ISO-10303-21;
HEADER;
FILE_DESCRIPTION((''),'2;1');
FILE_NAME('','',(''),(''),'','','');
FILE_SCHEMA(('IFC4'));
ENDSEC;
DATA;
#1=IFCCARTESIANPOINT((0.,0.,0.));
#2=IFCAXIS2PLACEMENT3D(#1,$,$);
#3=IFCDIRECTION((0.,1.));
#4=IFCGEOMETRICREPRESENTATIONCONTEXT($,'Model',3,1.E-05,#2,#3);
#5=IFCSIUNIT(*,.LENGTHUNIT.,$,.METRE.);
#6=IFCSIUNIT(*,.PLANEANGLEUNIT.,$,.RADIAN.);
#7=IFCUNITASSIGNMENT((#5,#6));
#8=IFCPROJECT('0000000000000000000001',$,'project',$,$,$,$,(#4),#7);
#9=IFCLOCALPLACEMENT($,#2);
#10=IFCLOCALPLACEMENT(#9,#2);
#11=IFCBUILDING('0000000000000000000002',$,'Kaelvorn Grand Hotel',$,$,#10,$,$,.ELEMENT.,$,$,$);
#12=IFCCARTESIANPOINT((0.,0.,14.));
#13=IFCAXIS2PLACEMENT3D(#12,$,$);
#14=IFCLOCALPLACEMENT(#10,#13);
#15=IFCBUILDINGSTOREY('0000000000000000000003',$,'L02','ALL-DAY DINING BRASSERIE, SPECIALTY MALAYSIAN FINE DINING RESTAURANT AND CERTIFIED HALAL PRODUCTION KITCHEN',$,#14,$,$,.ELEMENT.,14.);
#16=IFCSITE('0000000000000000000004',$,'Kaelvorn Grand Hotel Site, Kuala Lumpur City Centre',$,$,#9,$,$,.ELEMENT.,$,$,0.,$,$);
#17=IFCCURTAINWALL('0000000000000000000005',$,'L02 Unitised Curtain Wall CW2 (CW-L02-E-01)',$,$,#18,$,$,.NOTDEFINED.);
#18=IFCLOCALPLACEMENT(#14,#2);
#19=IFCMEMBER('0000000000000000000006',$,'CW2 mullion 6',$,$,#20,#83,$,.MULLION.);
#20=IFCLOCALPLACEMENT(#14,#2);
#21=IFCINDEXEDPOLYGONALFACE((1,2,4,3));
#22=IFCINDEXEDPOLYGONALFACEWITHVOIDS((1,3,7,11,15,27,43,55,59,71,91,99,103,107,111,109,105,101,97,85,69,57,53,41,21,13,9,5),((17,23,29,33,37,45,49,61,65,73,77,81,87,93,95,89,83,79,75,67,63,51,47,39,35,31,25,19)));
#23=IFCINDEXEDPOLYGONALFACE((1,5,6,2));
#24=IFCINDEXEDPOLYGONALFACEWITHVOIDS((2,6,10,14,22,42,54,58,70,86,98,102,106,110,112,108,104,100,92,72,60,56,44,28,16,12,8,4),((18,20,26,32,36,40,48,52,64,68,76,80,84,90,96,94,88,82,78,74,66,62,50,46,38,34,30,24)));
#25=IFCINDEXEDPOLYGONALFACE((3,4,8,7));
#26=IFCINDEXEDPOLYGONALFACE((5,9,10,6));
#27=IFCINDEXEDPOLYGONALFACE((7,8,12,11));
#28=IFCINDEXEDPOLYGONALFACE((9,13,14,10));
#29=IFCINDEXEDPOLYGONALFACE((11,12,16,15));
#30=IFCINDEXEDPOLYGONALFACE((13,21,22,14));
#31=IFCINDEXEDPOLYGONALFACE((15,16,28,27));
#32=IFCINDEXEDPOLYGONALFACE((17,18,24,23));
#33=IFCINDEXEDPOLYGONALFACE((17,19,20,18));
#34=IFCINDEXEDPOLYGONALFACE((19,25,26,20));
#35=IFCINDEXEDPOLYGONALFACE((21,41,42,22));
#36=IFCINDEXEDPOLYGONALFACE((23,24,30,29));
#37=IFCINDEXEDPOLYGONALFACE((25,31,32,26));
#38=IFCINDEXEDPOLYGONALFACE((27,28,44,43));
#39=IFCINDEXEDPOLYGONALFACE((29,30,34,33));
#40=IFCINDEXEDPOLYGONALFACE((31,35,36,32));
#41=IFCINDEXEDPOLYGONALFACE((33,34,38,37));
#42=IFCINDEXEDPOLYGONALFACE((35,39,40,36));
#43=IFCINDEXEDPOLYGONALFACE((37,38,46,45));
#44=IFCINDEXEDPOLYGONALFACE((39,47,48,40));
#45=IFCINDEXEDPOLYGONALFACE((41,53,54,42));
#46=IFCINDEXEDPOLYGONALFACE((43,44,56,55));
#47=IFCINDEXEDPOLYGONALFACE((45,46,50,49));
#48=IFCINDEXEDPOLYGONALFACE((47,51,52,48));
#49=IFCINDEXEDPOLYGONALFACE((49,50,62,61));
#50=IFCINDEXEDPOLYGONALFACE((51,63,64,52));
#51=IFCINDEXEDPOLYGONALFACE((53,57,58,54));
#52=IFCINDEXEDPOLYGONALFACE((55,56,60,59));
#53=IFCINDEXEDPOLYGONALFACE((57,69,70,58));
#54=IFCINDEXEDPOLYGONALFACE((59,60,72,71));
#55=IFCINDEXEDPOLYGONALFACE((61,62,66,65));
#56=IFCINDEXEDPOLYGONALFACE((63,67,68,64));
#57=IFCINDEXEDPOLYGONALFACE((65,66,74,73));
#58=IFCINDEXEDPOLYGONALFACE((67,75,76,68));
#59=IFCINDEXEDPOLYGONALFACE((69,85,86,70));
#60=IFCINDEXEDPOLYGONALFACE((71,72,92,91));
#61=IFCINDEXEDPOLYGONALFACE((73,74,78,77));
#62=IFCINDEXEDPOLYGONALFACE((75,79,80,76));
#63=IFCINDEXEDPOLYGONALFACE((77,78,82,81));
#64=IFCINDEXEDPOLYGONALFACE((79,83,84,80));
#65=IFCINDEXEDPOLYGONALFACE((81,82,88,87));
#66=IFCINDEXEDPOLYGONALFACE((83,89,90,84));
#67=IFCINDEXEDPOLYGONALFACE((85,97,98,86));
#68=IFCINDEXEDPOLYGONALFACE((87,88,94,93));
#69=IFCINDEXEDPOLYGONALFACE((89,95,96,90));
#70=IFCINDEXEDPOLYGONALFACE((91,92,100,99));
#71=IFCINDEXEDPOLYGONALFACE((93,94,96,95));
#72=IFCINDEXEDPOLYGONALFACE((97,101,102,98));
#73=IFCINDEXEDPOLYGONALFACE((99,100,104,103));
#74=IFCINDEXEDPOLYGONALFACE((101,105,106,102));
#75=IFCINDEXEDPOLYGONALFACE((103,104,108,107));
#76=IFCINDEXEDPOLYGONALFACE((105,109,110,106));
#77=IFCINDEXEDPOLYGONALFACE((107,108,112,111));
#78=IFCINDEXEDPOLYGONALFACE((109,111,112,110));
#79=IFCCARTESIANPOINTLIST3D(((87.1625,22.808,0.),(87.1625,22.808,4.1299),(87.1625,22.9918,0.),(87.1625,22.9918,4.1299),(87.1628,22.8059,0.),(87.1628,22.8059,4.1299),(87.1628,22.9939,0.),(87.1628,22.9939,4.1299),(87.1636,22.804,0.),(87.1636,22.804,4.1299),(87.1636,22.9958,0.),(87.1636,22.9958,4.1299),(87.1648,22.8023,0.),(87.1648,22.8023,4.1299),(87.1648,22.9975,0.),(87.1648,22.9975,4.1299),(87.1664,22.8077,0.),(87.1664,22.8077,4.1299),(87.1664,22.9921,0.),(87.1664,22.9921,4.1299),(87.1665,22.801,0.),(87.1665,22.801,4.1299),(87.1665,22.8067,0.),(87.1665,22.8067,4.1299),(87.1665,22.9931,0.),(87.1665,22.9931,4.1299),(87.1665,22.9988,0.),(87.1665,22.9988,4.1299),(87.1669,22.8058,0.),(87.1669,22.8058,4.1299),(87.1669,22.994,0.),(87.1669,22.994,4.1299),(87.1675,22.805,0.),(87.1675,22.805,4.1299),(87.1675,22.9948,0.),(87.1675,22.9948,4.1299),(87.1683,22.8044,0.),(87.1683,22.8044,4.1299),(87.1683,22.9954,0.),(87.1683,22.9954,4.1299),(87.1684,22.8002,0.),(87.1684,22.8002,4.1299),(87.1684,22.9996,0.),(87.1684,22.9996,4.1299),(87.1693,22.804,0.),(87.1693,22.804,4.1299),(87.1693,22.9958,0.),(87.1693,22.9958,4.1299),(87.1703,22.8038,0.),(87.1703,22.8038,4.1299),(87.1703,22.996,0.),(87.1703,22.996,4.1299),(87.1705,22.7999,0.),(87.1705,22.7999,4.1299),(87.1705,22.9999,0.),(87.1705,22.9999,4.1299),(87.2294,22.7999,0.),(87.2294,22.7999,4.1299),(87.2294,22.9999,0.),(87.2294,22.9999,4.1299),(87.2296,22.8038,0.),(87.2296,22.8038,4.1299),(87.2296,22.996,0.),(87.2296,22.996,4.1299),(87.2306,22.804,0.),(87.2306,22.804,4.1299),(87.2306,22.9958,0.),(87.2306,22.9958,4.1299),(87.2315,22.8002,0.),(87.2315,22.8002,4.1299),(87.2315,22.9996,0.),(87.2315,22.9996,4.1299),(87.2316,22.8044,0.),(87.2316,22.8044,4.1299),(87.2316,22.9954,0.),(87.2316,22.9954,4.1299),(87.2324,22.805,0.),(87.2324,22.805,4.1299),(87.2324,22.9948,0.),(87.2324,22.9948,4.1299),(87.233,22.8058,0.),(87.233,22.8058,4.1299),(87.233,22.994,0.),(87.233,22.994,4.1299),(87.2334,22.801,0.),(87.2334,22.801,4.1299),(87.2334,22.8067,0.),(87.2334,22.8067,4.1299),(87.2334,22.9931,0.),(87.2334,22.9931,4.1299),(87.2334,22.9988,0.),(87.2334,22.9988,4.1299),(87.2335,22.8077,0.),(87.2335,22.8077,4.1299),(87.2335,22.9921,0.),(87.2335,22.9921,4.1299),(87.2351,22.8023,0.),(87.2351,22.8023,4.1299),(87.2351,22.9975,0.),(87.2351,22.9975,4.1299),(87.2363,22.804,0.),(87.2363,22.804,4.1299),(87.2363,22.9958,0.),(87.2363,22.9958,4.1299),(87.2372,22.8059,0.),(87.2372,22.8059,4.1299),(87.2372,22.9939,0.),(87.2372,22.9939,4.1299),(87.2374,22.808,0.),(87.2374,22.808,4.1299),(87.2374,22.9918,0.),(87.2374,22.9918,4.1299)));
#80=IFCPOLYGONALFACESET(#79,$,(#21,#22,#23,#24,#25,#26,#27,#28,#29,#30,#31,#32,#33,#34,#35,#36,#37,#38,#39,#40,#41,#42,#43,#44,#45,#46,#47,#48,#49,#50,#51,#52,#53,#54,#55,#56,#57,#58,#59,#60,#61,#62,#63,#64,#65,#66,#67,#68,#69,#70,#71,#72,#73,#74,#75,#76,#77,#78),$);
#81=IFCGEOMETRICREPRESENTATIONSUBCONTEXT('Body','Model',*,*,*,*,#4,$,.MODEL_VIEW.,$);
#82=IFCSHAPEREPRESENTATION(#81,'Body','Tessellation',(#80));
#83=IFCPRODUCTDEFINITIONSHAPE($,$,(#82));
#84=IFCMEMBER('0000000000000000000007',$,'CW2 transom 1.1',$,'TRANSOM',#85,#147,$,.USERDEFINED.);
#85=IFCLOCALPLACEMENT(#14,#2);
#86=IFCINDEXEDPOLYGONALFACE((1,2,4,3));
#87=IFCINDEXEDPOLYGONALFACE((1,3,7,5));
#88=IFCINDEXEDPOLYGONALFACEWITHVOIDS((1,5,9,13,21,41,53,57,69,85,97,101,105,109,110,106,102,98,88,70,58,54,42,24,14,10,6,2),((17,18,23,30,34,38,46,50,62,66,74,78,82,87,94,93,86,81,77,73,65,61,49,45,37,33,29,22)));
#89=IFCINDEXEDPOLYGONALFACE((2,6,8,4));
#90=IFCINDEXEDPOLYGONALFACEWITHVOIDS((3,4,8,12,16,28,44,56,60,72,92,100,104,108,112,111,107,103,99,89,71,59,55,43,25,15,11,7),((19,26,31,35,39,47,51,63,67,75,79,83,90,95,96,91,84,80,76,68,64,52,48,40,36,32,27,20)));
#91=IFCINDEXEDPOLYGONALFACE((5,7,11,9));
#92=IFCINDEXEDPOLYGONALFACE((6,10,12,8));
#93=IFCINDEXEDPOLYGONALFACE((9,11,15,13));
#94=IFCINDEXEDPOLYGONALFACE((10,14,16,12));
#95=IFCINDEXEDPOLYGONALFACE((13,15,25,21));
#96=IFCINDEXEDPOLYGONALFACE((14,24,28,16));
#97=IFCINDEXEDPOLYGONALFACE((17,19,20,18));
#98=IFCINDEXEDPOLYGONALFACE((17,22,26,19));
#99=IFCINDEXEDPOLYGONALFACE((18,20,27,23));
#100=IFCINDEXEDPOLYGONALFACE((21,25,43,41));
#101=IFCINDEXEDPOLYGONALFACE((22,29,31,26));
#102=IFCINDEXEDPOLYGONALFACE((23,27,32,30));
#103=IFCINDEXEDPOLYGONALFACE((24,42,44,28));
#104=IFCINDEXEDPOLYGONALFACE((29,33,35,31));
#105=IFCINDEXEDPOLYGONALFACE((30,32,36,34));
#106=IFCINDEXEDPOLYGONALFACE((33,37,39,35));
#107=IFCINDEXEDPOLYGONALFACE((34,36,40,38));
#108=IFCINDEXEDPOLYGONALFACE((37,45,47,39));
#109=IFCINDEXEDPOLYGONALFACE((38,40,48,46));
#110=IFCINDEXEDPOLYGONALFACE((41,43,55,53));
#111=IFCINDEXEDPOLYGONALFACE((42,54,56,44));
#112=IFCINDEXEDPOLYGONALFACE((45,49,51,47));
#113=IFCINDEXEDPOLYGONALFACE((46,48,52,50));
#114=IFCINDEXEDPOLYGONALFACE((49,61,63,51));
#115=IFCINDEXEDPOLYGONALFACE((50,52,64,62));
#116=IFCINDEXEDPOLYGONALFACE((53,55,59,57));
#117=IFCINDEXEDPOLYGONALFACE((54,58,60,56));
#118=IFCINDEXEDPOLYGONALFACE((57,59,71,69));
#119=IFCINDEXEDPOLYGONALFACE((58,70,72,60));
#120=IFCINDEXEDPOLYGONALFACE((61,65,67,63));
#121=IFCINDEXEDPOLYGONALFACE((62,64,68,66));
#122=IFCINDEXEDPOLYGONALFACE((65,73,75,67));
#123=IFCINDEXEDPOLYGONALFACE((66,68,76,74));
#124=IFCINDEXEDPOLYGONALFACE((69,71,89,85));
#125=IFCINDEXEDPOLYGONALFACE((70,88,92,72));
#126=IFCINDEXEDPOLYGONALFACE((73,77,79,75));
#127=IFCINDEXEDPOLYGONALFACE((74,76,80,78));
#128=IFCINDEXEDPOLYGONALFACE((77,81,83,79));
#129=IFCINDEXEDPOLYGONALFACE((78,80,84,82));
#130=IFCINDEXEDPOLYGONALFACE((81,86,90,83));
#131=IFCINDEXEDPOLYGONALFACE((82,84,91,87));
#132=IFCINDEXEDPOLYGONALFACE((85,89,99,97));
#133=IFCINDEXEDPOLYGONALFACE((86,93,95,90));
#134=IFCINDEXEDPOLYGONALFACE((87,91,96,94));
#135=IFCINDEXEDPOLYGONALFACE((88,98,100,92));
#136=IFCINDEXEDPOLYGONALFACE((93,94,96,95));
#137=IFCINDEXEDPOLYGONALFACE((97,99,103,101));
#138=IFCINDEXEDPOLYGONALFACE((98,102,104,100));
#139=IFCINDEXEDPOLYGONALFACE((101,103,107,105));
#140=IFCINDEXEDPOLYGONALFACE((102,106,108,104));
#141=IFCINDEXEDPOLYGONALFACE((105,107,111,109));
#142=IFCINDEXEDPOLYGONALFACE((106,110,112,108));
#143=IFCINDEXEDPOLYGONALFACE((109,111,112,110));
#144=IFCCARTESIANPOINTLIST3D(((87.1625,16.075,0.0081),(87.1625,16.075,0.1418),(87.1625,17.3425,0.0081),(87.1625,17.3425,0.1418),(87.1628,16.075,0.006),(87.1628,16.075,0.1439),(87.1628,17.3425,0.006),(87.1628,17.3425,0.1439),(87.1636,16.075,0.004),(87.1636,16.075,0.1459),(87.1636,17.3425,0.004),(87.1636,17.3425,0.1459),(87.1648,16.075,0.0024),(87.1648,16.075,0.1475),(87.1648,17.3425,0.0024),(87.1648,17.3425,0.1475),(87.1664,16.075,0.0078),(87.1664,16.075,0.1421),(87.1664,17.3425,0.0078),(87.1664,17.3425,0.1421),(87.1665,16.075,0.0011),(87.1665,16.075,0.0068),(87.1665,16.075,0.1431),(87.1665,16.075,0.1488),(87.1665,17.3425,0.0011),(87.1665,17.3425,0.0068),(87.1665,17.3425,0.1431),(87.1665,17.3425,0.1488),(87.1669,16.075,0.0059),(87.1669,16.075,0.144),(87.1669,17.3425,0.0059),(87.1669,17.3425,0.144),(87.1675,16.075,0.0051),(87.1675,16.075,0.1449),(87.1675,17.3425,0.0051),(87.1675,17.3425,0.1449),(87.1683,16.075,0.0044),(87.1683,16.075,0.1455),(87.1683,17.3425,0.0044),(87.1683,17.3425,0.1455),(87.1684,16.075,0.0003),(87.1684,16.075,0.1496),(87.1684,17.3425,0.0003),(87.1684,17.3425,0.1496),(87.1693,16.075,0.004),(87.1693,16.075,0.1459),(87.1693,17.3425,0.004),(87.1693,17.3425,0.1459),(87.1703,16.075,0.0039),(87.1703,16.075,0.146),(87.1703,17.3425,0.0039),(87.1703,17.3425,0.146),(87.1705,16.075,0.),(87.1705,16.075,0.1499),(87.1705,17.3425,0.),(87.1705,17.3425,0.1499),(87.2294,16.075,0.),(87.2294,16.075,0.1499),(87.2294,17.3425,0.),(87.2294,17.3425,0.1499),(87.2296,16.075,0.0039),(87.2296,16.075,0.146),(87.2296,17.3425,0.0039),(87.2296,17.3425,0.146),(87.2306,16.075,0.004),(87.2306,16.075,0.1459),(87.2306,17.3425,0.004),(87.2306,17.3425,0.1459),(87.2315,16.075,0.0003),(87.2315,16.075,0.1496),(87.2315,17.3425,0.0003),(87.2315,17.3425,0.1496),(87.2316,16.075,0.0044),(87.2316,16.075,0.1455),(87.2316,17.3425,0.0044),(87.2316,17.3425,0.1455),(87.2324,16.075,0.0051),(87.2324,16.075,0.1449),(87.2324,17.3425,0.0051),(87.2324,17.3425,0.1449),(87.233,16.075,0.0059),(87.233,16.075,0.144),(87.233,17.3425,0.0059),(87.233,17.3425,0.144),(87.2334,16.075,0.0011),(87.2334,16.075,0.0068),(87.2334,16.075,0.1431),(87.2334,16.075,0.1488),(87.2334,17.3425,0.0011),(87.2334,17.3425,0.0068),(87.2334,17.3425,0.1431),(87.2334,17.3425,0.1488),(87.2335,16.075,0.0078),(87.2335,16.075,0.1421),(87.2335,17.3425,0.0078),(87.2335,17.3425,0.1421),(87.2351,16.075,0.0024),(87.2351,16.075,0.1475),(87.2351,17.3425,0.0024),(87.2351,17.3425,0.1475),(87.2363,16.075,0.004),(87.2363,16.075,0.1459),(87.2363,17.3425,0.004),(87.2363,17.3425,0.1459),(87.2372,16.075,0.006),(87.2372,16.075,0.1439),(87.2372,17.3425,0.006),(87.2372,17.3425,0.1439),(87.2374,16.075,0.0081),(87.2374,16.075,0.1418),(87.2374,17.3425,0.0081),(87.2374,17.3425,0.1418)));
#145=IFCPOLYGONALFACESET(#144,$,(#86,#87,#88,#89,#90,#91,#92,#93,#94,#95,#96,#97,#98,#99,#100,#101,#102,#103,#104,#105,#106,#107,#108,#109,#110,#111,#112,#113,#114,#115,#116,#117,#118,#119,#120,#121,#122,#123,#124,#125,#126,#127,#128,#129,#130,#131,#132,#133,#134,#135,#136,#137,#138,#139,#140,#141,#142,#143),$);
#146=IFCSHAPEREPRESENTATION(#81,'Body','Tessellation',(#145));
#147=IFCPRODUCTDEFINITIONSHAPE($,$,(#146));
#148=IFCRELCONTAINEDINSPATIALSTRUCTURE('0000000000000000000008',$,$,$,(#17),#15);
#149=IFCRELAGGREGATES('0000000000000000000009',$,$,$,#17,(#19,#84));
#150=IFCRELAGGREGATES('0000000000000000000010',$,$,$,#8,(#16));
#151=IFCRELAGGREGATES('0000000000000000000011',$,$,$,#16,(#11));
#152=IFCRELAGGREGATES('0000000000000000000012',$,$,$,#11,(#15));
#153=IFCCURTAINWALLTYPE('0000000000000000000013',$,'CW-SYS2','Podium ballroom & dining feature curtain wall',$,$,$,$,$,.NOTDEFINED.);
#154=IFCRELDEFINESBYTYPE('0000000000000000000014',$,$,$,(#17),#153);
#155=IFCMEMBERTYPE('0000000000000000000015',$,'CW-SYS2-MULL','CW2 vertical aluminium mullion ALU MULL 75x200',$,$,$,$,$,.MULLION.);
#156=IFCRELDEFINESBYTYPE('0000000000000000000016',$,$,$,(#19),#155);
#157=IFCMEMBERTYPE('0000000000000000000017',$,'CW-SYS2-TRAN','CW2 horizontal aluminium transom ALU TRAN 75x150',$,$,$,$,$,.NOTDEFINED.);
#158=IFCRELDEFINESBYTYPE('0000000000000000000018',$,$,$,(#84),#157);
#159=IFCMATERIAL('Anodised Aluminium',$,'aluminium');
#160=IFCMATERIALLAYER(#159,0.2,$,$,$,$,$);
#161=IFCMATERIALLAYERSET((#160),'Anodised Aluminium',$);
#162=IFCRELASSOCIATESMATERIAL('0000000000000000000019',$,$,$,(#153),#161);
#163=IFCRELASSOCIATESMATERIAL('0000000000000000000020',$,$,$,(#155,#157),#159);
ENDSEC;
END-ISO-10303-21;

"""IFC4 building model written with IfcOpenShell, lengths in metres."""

from ifc_helpers import new_model, si_unit, direction, frame, origin, origin_2d, place, context, subcontext, project, spatial, hollow_rectangle, extrude, material, layer, layer_set, material_profile, profile_set, type_object, element, aggregate, save


model = new_model("IFC4")

# Units and contexts
model_context = context("Model", 3, precision=1e-05, world=origin(), true_north=direction((0.0, 1.0)))
body_context = subcontext(model_context, "Body", "Model", "MODEL_VIEW")
ifc_project = project(units=[si_unit("LENGTHUNIT", "METRE"), si_unit("PLANEANGLEUNIT", "RADIAN")], contexts=[model_context])

# Site, building, storey
site_placement = place(None, origin())
site = spatial("IfcSite", under=ifc_project, at=site_placement, Name="Kaelvorn Grand Hotel Site, Kuala Lumpur City Centre", CompositionType="ELEMENT", RefElevation=0.0)
building_placement = place(site_placement, origin())
building = spatial("IfcBuilding", under=site, at=building_placement, Name="Kaelvorn Grand Hotel", CompositionType="ELEMENT")
storey_placement = place(building_placement, frame((0.0, 0.0, 14.0)))
storey = spatial("IfcBuildingStorey", under=building, at=storey_placement, Name="L02", Description="ALL-DAY DINING BRASSERIE, SPECIALTY MALAYSIAN FINE DINING RESTAURANT AND CERTIFIED HALAL PRODUCTION KITCHEN", CompositionType="ELEMENT", Elevation=14.0)

# Curtain wall, members
ifc_material_1 = material(Name="Anodised Aluminium", Category="aluminium")
ifc_layer_1 = layer(ifc_material_1, 0.2)
ifc_layer_set_1 = layer_set([ifc_layer_1], Name="Anodised Aluminium")
curtain_wall_type = type_object("IfcCurtainWallType", Name="CW-SYS2", Description="Podium ballroom & dining feature curtain wall", PredefinedType="NOTDEFINED", material=ifc_layer_set_1)
curtain_wall_placement = place(storey_placement, origin())
curtain_wall = element("IfcCurtainWall", 1, at=curtain_wall_placement, inside=storey, type_object=curtain_wall_type, Name="L02 Unitised Curtain Wall CW2 (CW-L02-E-01)", PredefinedType="NOTDEFINED")
ifc_material_profile_1 = material_profile(ifc_material_1, hollow_rectangle(XDim=0.075, YDim=0.2, WallThickness=0.0039, InnerFilletRadius=0.0039, OuterFilletRadius=0.0081, at=origin_2d()), Name="ALU MULL 75x200")
ifc_profile_set_1 = profile_set([ifc_material_profile_1], Name="Anodised Aluminium")
member_type_1 = type_object("IfcMemberType", Name="CW-SYS2-MULL", Description="CW2 vertical aluminium mullion ALU MULL 75x200", PredefinedType="MULLION", material=ifc_profile_set_1)
member_1_placement = place(storey_placement, frame((87.2, 22.8999, 0.0), z_axis=(0.0, 0.0, 1.0), x_axis=(-1.0, 0.0, 0.0)))
member_1 = element("IfcMember", 2, at=member_1_placement, type_object=member_type_1, Name="CW2 mullion 6", PredefinedType="MULLION", context=body_context, shape_type="SweptSolid", body=[
    extrude(hollow_rectangle(XDim=0.075, YDim=0.2, WallThickness=0.0039, InnerFilletRadius=0.0039, OuterFilletRadius=0.0081, at=origin_2d()), origin(), (0.0, 0.0, 1.0), 4.1299),
])
ifc_material_profile_2 = material_profile(ifc_material_1, hollow_rectangle(XDim=0.075, YDim=0.1499, WallThickness=0.0039, InnerFilletRadius=0.0039, OuterFilletRadius=0.0081, at=origin_2d()), Name="ALU TRAN 75x150")
ifc_profile_set_2 = profile_set([ifc_material_profile_2], Name="Anodised Aluminium")
member_type_2 = type_object("IfcMemberType", Name="CW-SYS2-TRAN", Description="CW2 horizontal aluminium transom ALU TRAN 75x150", PredefinedType="NOTDEFINED", material=ifc_profile_set_2)
member_2_placement = place(storey_placement, frame((87.2, 16.075, 0.075), z_axis=(0.0, 1.0, 0.0), x_axis=(-1.0, 0.0, 0.0)))
member_2 = element("IfcMember", 3, at=member_2_placement, type_object=member_type_2, Name="CW2 transom 1.1", ObjectType="TRANSOM", PredefinedType="USERDEFINED", context=body_context, shape_type="SweptSolid", body=[
    extrude(hollow_rectangle(XDim=0.075, YDim=0.1499, WallThickness=0.0039, InnerFilletRadius=0.0039, OuterFilletRadius=0.0081, at=origin_2d()), origin(), (0.0, 0.0, 1.0), 1.2676),
])
aggregate(curtain_wall, [member_1, member_2])

save(model, "model.ifc")
